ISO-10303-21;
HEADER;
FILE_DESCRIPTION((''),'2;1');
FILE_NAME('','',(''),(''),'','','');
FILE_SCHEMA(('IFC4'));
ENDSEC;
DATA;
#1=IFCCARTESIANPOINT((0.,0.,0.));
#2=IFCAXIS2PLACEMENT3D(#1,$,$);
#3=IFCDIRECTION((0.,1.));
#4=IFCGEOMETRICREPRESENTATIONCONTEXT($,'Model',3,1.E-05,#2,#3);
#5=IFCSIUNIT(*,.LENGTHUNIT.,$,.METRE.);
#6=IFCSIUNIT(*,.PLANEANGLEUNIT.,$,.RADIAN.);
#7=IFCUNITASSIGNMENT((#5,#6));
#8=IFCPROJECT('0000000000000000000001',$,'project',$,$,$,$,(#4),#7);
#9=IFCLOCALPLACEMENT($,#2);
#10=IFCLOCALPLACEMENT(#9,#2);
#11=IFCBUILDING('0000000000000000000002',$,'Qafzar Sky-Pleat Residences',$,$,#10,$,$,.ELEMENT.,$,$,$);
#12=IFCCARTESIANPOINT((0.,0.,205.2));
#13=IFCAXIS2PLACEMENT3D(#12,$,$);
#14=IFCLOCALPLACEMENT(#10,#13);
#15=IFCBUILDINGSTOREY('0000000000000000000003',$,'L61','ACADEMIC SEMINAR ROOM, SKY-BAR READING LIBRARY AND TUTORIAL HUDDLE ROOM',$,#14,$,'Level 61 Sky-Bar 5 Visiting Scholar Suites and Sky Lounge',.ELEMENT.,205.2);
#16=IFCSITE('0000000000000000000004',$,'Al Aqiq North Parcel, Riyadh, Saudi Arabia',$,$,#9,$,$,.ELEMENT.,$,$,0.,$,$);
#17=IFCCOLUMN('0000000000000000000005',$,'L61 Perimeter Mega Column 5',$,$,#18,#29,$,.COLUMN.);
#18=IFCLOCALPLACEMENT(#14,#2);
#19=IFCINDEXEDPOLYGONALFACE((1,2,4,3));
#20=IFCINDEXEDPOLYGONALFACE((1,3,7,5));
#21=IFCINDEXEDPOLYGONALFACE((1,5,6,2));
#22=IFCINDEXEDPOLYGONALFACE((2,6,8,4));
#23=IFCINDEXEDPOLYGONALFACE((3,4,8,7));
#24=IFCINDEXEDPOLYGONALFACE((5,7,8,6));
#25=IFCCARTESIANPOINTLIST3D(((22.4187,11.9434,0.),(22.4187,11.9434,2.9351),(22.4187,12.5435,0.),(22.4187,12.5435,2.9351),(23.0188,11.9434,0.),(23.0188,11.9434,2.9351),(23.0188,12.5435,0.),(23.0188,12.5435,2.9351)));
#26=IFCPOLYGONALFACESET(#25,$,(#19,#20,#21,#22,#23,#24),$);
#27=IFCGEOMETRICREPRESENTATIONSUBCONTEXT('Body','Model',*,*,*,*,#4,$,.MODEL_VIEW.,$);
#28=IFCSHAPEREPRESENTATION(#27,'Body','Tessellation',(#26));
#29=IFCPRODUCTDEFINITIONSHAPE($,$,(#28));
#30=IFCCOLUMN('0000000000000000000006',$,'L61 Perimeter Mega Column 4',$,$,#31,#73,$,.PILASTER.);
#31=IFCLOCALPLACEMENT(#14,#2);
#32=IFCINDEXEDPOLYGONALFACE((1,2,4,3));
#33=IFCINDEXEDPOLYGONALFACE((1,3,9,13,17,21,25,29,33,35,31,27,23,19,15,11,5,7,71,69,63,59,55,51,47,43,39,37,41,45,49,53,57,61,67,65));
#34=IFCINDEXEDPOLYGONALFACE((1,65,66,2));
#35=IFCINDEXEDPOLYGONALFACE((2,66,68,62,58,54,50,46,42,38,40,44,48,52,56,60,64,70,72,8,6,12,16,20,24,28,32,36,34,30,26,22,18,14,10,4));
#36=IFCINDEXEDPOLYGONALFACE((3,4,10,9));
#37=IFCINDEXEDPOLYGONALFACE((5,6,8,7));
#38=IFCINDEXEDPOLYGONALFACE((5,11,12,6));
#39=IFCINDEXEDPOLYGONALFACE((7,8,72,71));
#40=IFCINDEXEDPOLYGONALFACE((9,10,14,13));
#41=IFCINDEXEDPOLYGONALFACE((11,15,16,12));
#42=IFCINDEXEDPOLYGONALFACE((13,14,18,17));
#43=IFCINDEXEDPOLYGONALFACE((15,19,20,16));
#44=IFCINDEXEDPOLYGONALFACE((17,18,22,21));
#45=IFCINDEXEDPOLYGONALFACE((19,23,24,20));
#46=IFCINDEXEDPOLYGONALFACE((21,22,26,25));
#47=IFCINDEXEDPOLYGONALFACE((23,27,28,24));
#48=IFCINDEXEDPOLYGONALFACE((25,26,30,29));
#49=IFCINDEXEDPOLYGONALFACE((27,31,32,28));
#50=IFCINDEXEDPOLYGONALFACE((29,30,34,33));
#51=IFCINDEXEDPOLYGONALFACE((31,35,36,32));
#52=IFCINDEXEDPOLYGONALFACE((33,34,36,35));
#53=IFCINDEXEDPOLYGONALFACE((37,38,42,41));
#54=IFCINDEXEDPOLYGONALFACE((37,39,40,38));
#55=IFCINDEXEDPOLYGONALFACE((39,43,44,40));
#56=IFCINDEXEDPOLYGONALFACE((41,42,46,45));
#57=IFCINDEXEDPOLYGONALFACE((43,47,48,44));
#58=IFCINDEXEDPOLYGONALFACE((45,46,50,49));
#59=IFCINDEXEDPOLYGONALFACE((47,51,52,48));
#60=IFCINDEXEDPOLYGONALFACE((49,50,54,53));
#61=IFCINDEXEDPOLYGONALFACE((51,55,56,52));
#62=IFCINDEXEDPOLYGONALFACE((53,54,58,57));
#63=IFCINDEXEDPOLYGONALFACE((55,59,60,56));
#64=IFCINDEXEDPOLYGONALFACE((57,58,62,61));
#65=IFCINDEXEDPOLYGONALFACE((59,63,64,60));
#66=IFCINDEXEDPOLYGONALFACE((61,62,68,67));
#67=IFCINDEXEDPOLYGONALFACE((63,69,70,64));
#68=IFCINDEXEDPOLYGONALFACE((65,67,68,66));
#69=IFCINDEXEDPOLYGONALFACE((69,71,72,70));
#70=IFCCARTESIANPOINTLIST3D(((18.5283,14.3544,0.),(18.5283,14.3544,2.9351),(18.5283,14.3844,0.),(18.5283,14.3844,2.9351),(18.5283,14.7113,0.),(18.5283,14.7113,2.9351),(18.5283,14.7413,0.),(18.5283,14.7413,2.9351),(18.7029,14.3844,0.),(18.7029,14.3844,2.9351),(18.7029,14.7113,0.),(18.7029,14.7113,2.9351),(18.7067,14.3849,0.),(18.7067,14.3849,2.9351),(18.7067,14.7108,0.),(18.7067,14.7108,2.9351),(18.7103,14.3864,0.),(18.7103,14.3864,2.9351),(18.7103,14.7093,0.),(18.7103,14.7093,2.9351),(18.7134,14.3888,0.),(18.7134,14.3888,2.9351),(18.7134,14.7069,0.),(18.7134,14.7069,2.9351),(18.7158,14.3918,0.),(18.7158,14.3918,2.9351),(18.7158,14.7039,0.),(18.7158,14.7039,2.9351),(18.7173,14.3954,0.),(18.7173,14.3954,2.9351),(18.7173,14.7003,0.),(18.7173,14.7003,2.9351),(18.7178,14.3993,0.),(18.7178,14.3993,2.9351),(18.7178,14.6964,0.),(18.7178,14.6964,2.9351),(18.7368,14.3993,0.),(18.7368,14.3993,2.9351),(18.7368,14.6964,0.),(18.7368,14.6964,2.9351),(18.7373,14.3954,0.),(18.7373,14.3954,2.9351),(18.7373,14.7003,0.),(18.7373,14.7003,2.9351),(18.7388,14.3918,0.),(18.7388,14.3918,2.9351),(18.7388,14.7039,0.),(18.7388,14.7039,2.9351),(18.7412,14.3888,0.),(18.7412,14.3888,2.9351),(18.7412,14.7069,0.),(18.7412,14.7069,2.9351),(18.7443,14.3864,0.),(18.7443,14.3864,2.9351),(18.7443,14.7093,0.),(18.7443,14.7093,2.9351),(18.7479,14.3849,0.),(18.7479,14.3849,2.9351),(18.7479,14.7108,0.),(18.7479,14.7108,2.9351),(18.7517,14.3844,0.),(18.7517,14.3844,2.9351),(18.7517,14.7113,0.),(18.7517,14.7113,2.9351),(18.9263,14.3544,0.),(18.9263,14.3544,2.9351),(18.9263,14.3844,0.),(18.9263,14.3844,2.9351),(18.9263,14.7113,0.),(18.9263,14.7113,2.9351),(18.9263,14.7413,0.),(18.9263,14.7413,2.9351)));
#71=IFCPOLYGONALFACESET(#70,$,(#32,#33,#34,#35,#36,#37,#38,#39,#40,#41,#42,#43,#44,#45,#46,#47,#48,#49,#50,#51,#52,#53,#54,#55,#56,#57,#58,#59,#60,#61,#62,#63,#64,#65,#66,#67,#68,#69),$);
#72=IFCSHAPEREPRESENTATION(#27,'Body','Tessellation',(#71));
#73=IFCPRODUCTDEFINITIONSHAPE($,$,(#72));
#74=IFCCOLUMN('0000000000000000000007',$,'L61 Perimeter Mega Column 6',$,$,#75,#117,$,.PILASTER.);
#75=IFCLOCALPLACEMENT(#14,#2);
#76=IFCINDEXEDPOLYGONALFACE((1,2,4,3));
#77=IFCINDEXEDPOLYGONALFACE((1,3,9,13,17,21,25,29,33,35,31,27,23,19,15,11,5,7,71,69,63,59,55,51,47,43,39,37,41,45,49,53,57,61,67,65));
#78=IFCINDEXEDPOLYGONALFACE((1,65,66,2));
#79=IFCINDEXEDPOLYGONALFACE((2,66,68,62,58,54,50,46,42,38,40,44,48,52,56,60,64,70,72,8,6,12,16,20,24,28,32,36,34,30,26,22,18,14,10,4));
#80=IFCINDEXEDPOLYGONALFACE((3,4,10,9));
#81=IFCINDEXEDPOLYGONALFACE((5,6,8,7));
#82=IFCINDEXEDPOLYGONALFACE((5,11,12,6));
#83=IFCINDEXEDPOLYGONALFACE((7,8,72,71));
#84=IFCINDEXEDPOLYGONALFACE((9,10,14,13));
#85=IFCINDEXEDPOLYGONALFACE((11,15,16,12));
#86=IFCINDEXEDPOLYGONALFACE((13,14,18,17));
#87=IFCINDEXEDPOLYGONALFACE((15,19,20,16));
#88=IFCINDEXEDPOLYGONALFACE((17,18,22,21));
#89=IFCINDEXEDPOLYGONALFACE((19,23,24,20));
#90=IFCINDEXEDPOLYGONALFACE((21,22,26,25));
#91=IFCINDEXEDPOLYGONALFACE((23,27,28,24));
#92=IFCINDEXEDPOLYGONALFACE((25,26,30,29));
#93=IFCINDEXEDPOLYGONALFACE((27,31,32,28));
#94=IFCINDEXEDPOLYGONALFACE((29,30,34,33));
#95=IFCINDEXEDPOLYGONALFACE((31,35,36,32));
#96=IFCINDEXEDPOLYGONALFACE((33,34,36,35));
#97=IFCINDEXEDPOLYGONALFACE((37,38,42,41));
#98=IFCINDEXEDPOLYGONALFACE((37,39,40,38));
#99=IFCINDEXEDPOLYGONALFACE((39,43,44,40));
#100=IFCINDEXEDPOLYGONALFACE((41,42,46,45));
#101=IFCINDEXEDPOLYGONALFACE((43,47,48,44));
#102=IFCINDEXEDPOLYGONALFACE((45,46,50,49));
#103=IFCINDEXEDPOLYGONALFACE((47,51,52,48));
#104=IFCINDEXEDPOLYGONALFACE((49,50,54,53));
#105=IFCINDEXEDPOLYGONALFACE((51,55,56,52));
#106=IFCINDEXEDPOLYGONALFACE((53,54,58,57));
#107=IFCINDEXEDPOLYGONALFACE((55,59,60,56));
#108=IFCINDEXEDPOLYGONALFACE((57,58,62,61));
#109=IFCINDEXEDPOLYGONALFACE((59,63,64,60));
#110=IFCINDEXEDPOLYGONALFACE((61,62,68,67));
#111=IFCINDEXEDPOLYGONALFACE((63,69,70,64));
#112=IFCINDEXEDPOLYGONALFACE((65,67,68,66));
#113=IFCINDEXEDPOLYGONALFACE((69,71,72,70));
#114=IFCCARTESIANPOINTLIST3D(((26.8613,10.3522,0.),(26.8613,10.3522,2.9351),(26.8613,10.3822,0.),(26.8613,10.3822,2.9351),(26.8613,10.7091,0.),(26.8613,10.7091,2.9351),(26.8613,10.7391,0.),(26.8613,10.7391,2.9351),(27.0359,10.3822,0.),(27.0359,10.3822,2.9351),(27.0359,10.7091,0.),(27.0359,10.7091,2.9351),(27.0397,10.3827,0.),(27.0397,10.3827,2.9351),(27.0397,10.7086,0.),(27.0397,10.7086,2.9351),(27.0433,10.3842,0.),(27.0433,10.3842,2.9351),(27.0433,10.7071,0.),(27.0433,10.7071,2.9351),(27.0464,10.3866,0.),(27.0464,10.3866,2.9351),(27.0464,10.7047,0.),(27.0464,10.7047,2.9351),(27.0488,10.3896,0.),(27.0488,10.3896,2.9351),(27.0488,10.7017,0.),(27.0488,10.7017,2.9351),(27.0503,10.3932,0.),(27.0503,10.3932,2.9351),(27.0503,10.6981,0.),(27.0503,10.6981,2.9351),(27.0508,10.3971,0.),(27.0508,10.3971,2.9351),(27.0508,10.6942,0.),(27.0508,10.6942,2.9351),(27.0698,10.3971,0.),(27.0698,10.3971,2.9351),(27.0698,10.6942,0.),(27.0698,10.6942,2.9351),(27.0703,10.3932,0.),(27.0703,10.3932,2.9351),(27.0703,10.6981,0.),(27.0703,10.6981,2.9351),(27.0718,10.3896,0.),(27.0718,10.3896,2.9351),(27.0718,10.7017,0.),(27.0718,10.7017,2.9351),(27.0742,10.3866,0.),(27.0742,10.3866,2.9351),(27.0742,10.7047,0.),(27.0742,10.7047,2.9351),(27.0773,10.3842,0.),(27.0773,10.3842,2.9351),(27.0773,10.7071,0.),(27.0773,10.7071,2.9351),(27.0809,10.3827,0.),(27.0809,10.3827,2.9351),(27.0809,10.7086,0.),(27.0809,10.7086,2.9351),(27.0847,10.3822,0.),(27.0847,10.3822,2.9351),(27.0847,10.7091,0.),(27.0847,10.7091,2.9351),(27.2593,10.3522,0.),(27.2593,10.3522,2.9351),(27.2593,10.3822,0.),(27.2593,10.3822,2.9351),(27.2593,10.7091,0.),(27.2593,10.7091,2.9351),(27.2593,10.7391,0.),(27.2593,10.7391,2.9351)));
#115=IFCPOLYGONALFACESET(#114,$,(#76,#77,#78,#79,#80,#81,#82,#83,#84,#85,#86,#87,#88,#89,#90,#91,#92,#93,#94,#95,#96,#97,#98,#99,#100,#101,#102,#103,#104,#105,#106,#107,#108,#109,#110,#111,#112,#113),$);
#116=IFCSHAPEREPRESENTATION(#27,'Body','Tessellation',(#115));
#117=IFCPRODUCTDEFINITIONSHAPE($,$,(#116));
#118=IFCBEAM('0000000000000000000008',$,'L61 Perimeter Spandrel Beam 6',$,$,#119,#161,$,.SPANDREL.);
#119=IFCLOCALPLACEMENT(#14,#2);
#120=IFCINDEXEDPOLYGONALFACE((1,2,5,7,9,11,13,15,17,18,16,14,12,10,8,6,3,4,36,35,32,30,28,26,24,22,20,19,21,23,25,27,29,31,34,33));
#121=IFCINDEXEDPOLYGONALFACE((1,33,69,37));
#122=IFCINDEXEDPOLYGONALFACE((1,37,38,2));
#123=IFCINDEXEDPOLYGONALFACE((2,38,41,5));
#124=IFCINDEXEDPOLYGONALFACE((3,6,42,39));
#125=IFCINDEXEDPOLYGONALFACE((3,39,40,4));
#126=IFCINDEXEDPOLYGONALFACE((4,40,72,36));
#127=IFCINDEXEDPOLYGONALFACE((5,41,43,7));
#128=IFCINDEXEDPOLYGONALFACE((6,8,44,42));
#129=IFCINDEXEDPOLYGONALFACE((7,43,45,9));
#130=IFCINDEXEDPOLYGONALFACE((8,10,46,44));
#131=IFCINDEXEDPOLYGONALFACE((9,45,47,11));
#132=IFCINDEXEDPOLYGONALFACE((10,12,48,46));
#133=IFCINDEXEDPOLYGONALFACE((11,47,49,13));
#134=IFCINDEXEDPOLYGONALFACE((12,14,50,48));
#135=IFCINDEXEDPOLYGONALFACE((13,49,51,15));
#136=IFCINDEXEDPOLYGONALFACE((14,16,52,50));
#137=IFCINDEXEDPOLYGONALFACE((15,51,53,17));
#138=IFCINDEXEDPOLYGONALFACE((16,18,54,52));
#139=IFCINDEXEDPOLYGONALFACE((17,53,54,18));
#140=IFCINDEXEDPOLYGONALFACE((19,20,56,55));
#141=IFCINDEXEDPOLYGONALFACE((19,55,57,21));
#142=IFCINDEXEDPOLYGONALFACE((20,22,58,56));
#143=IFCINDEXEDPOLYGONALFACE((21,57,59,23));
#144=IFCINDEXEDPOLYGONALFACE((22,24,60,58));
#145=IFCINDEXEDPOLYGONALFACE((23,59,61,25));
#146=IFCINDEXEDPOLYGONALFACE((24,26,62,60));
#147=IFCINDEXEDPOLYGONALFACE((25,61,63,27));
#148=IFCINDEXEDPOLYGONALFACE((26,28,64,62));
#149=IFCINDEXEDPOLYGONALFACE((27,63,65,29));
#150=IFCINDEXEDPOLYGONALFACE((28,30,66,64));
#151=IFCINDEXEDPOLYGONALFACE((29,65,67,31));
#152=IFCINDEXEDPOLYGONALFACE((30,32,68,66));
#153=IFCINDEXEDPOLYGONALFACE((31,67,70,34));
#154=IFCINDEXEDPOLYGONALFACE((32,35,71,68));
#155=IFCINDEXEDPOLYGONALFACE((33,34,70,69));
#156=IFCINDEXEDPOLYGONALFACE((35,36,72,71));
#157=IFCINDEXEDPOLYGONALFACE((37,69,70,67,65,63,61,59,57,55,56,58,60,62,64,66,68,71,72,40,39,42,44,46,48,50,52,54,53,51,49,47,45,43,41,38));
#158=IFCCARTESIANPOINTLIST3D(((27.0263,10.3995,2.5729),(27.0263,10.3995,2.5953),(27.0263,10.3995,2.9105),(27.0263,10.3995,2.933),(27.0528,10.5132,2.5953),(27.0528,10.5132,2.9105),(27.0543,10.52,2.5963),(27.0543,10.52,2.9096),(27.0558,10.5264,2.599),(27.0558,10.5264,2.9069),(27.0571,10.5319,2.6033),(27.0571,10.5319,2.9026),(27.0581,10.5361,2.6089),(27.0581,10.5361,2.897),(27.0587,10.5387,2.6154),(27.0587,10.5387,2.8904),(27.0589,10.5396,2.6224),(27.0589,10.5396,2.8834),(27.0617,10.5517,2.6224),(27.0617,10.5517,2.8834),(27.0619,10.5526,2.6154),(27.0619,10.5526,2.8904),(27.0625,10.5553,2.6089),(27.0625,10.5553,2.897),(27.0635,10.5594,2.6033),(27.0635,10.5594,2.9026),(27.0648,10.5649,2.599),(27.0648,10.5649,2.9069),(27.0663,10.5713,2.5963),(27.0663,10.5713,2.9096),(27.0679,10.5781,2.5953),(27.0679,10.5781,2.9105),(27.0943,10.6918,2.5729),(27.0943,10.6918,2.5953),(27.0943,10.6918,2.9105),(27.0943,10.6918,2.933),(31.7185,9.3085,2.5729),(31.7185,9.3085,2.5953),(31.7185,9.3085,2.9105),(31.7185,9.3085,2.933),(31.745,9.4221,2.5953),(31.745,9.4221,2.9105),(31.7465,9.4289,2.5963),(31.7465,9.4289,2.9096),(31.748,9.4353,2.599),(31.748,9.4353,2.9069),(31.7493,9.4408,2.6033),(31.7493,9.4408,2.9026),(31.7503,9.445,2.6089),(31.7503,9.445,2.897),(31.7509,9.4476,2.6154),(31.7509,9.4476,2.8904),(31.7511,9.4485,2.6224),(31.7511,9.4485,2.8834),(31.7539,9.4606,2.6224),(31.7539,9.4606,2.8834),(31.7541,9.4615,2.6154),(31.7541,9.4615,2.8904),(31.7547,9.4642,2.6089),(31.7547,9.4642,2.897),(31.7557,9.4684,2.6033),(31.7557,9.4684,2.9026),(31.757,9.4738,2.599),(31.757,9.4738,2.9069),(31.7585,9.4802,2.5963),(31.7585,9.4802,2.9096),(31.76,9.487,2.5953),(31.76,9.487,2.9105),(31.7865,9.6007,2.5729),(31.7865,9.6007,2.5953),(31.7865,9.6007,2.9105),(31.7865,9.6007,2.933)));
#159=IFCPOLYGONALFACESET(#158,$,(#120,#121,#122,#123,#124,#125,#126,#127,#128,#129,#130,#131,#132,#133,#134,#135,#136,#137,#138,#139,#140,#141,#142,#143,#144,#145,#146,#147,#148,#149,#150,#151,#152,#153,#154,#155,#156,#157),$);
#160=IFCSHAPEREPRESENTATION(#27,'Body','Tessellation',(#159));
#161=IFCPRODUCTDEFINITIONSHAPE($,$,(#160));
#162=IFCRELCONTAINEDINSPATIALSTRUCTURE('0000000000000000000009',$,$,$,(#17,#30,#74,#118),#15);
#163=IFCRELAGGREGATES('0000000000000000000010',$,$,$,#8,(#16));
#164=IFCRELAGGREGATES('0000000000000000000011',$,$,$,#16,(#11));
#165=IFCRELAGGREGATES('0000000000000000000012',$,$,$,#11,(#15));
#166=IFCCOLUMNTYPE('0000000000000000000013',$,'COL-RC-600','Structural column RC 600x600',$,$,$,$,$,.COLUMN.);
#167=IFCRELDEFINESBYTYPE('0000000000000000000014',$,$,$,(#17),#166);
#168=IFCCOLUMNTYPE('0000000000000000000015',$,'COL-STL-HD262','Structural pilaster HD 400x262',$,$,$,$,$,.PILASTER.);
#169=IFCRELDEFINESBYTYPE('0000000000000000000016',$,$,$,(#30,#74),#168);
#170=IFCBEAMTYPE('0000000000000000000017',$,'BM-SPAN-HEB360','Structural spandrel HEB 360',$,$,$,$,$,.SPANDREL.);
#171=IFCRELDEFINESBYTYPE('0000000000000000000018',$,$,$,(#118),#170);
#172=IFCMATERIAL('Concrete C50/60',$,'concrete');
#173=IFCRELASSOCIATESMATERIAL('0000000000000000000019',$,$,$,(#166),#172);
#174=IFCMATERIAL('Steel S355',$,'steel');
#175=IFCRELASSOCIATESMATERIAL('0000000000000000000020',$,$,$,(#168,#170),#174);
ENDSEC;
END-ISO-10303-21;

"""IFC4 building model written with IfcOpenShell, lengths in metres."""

from ifc_helpers import new_model, si_unit, direction, frame, origin, origin_2d, place, context, subcontext, project, spatial, rectangle, i_section, extrude, source, transform, mapped, material, material_profile, profile_set, type_object, element, save


model = new_model("IFC4")

# Units and contexts
model_context = context("Model", 3, precision=1e-05, world=origin(), true_north=direction((0.0, 1.0)))
body_context = subcontext(model_context, "Body", "Model", "MODEL_VIEW")
ifc_project = project(units=[si_unit("LENGTHUNIT", "METRE"), si_unit("PLANEANGLEUNIT", "RADIAN")], contexts=[model_context])

# Site, building, storey
site_placement = place(None, origin())
site = spatial("IfcSite", under=ifc_project, at=site_placement, Name="Al Aqiq North Parcel, Riyadh, Saudi Arabia", CompositionType="ELEMENT", RefElevation=0.0)
building_placement = place(site_placement, origin())
building = spatial("IfcBuilding", under=site, at=building_placement, Name="Qafzar Sky-Pleat Residences", CompositionType="ELEMENT")
storey_placement = place(building_placement, frame((0.0, 0.0, 205.2)))
storey = spatial("IfcBuildingStorey", under=building, at=storey_placement, Name="L61", Description="ACADEMIC SEMINAR ROOM, SKY-BAR READING LIBRARY AND TUTORIAL HUDDLE ROOM", LongName="Level 61 Sky-Bar 5 Visiting Scholar Suites and Sky Lounge", CompositionType="ELEMENT", Elevation=205.2)

# Columns
ifc_material_1 = material(Name="Concrete C50/60", Category="concrete")
ifc_material_profile_1 = material_profile(ifc_material_1, rectangle(XDim=0.6001, YDim=0.6001, at=origin_2d()), Name="RC 600x600")
ifc_profile_set_1 = profile_set([ifc_material_profile_1], Name="Concrete C50/60")
column_type_1 = type_object("IfcColumnType", Name="COL-RC-600", Description="Structural column RC 600x600", PredefinedType="COLUMN", material=ifc_profile_set_1)
shared_shape_1 = source(origin(), body_context, "Body", "SweptSolid", [
    extrude(rectangle(XDim=0.6001, YDim=0.6001, at=origin_2d()), origin(), (0.0, 0.0, 1.0), 2.9351),
])
column_placement = place(storey_placement, frame((22.7188, 12.2434, 0.0), z_axis=(0.0, 0.0, 1.0), x_axis=(1.0, 0.0, 0.0)))
element("IfcColumn", 1, at=column_placement, inside=storey, type_object=column_type_1, Name="L61 Perimeter Mega Column 5", PredefinedType="COLUMN", context=body_context, shape_type="MappedRepresentation", body=[
    mapped(shared_shape_1, transform((0.0, 0.0, 0.0), x_axis=(1.0, 0.0, 0.0), y_axis=(0.0, 1.0, 0.0), z_axis=(0.0, 0.0, 1.0), scale=1.0)),
])
ifc_material_2 = material(Name="Steel S355", Category="steel")
ifc_material_profile_2 = material_profile(ifc_material_2, i_section(OverallWidth=0.3979, OverallDepth=0.387, WebThickness=0.019, FlangeThickness=0.03, FilletRadius=0.0149, at=origin_2d()), Name="HD 400x262")
ifc_profile_set_2 = profile_set([ifc_material_profile_2], Name="Steel S355")
column_type_2 = type_object("IfcColumnType", Name="COL-STL-HD262", Description="Structural pilaster HD 400x262", PredefinedType="PILASTER", material=ifc_profile_set_2)
shared_shape_2 = source(origin(), body_context, "Body", "SweptSolid", [
    extrude(i_section(OverallWidth=0.3979, OverallDepth=0.387, WebThickness=0.019, FlangeThickness=0.03, FilletRadius=0.0149, at=origin_2d()), origin(), (0.0, 0.0, 1.0), 2.9351),
])
for number, where, z_axis, x_axis, name in (
    (2, (18.7273, 14.5479, 0.0), (0.0, 0.0, 1.0), (1.0, 0.0, 0.0), "L61 Perimeter Mega Column 4"),
    (3, (27.0603, 10.5457, 0.0), (0.0, 0.0, 1.0), (1.0, 0.0, 0.0), "L61 Perimeter Mega Column 6"),
):
    element("IfcColumn", number, at=place(storey_placement, frame(where, z_axis=z_axis, x_axis=x_axis)), inside=storey, type_object=column_type_2, Name=name, PredefinedType="PILASTER", context=body_context, shape_type="MappedRepresentation", body=[
        mapped(shared_shape_2, transform((0.0, 0.0, 0.0), x_axis=(1.0, 0.0, 0.0), y_axis=(0.0, 1.0, 0.0), z_axis=(0.0, 0.0, 1.0), scale=1.0)),
    ])

# Beam
ifc_material_profile_3 = material_profile(ifc_material_2, i_section(OverallWidth=0.3, OverallDepth=0.3601, WebThickness=0.0125, FlangeThickness=0.0225, FilletRadius=0.0271, at=origin_2d()), Name="HEB 360")
ifc_profile_set_3 = profile_set([ifc_material_profile_3], Name="Steel S355")
beam_type_1 = type_object("IfcBeamType", Name="BM-SPAN-HEB360", Description="Structural spandrel HEB 360", PredefinedType="SPANDREL", material=ifc_profile_set_3)
shared_shape_3 = source(origin(), body_context, "Body", "SweptSolid", [
    extrude(i_section(OverallWidth=0.3, OverallDepth=0.3601, WebThickness=0.0125, FlangeThickness=0.0225, FilletRadius=0.0271, at=origin_2d()), origin(), (0.0, 0.0, 1.0), 4.8174),
])
beam_1_placement = place(storey_placement, frame((27.0603, 10.5457, 2.7529), z_axis=(0.974014, -0.226488, 0.0), x_axis=(0.226488, 0.974014, 0.0)))
element("IfcBeam", 4, at=beam_1_placement, inside=storey, type_object=beam_type_1, Name="L61 Perimeter Spandrel Beam 6", PredefinedType="SPANDREL", context=body_context, shape_type="MappedRepresentation", body=[
    mapped(shared_shape_3, transform((0.0, 0.0, 0.0), x_axis=(1.0, 0.0, 0.0), y_axis=(0.0, 1.0, 0.0), z_axis=(0.0, 0.0, 1.0), scale=1.0)),
])

save(model, "model.ifc")
